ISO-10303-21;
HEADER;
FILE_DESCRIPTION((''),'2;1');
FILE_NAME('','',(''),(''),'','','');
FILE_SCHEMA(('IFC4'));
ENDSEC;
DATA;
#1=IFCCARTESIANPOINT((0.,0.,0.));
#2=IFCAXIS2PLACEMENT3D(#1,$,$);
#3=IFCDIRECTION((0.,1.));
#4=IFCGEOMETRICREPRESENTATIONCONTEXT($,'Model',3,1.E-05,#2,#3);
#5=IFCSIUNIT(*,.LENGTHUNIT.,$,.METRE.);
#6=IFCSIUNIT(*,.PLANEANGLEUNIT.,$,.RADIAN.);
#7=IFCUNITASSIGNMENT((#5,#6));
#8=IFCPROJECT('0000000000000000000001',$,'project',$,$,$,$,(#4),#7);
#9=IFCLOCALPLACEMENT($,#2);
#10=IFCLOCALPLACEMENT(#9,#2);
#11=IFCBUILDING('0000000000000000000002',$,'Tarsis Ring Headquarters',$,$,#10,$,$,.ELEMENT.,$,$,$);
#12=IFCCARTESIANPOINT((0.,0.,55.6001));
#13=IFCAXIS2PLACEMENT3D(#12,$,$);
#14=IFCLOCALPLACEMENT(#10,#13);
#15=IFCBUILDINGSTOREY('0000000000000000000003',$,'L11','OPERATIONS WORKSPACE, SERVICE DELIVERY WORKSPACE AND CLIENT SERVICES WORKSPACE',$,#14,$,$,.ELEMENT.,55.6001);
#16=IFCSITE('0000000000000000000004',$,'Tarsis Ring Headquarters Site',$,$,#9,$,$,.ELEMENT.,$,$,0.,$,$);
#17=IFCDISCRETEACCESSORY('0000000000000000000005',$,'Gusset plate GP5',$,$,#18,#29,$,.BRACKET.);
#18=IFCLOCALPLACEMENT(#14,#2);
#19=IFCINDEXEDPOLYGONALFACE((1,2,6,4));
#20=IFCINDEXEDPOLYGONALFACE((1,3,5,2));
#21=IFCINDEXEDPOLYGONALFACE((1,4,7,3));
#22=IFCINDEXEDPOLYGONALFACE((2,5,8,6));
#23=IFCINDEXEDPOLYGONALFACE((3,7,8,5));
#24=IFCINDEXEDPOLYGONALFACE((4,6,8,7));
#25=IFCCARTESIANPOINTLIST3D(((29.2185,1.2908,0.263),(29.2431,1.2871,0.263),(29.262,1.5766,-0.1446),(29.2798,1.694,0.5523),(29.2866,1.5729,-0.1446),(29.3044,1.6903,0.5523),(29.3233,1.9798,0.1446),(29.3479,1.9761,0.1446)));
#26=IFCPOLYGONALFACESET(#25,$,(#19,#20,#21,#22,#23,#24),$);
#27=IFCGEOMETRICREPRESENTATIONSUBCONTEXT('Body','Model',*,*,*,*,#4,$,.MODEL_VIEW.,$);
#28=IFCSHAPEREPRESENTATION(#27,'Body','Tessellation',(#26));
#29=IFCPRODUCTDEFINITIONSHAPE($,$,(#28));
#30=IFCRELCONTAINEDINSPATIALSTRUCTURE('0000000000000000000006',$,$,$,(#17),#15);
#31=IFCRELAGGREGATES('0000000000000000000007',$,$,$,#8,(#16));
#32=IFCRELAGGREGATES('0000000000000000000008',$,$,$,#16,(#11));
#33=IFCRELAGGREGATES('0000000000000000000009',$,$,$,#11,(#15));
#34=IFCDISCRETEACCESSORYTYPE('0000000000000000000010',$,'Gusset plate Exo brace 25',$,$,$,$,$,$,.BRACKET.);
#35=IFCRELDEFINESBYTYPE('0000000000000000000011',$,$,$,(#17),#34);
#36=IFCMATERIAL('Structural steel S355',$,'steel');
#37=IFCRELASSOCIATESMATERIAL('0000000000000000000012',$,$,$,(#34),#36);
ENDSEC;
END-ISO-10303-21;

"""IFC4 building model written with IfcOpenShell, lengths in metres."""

from ifc_helpers import new_model, si_unit, direction, frame, origin, origin_2d, place, context, subcontext, project, spatial, rectangle, extrude, material, material_profile, profile_set, type_object, element, save


model = new_model("IFC4")

# Units and contexts
model_context = context("Model", 3, precision=1e-05, world=origin(), true_north=direction((0.0, 1.0)))
body_context = subcontext(model_context, "Body", "Model", "MODEL_VIEW")
ifc_project = project(units=[si_unit("LENGTHUNIT", "METRE"), si_unit("PLANEANGLEUNIT", "RADIAN")], contexts=[model_context])

# Site, building, storey
site_placement = place(None, origin())
site = spatial("IfcSite", under=ifc_project, at=site_placement, Name="Tarsis Ring Headquarters Site", CompositionType="ELEMENT", RefElevation=0.0)
building_placement = place(site_placement, origin())
building = spatial("IfcBuilding", under=site, at=building_placement, Name="Tarsis Ring Headquarters", CompositionType="ELEMENT")
storey_placement = place(building_placement, frame((0.0, 0.0, 55.6001)))
storey = spatial("IfcBuildingStorey", under=building, at=storey_placement, Name="L11", Description="OPERATIONS WORKSPACE, SERVICE DELIVERY WORKSPACE AND CLIENT SERVICES WORKSPACE", CompositionType="ELEMENT", Elevation=55.6001)

# Shared definitions
ifc_material_1 = material(Name="Structural steel S355", Category="steel")

# Discrete accessory
ifc_material_profile_1 = material_profile(ifc_material_1, rectangle(XDim=0.0249, YDim=0.5, at=origin_2d()), Name="PL 25x500")
ifc_profile_set_1 = profile_set([ifc_material_profile_1], Name="Structural steel S355")
discrete_accessory_type = type_object("IfcDiscreteAccessoryType", Name="Gusset plate Exo brace 25", PredefinedType="BRACKET", material=ifc_profile_set_1)
discrete_accessory_placement = place(storey_placement, frame((29.3049, 1.7764, 0.0), z_axis=(-0.08694, -0.571946, 0.815671), x_axis=(0.988643, -0.150281, 0.0)))
element("IfcDiscreteAccessory", 1, at=discrete_accessory_placement, inside=storey, type_object=discrete_accessory_type, Name="Gusset plate GP5", PredefinedType="BRACKET", context=body_context, shape_type="SweptSolid", body=[
    extrude(rectangle(XDim=0.0249, YDim=0.5, at=origin_2d()), origin(), (0.0, 0.0, 1.0), 0.4998),
])

save(model, "model.ifc")
